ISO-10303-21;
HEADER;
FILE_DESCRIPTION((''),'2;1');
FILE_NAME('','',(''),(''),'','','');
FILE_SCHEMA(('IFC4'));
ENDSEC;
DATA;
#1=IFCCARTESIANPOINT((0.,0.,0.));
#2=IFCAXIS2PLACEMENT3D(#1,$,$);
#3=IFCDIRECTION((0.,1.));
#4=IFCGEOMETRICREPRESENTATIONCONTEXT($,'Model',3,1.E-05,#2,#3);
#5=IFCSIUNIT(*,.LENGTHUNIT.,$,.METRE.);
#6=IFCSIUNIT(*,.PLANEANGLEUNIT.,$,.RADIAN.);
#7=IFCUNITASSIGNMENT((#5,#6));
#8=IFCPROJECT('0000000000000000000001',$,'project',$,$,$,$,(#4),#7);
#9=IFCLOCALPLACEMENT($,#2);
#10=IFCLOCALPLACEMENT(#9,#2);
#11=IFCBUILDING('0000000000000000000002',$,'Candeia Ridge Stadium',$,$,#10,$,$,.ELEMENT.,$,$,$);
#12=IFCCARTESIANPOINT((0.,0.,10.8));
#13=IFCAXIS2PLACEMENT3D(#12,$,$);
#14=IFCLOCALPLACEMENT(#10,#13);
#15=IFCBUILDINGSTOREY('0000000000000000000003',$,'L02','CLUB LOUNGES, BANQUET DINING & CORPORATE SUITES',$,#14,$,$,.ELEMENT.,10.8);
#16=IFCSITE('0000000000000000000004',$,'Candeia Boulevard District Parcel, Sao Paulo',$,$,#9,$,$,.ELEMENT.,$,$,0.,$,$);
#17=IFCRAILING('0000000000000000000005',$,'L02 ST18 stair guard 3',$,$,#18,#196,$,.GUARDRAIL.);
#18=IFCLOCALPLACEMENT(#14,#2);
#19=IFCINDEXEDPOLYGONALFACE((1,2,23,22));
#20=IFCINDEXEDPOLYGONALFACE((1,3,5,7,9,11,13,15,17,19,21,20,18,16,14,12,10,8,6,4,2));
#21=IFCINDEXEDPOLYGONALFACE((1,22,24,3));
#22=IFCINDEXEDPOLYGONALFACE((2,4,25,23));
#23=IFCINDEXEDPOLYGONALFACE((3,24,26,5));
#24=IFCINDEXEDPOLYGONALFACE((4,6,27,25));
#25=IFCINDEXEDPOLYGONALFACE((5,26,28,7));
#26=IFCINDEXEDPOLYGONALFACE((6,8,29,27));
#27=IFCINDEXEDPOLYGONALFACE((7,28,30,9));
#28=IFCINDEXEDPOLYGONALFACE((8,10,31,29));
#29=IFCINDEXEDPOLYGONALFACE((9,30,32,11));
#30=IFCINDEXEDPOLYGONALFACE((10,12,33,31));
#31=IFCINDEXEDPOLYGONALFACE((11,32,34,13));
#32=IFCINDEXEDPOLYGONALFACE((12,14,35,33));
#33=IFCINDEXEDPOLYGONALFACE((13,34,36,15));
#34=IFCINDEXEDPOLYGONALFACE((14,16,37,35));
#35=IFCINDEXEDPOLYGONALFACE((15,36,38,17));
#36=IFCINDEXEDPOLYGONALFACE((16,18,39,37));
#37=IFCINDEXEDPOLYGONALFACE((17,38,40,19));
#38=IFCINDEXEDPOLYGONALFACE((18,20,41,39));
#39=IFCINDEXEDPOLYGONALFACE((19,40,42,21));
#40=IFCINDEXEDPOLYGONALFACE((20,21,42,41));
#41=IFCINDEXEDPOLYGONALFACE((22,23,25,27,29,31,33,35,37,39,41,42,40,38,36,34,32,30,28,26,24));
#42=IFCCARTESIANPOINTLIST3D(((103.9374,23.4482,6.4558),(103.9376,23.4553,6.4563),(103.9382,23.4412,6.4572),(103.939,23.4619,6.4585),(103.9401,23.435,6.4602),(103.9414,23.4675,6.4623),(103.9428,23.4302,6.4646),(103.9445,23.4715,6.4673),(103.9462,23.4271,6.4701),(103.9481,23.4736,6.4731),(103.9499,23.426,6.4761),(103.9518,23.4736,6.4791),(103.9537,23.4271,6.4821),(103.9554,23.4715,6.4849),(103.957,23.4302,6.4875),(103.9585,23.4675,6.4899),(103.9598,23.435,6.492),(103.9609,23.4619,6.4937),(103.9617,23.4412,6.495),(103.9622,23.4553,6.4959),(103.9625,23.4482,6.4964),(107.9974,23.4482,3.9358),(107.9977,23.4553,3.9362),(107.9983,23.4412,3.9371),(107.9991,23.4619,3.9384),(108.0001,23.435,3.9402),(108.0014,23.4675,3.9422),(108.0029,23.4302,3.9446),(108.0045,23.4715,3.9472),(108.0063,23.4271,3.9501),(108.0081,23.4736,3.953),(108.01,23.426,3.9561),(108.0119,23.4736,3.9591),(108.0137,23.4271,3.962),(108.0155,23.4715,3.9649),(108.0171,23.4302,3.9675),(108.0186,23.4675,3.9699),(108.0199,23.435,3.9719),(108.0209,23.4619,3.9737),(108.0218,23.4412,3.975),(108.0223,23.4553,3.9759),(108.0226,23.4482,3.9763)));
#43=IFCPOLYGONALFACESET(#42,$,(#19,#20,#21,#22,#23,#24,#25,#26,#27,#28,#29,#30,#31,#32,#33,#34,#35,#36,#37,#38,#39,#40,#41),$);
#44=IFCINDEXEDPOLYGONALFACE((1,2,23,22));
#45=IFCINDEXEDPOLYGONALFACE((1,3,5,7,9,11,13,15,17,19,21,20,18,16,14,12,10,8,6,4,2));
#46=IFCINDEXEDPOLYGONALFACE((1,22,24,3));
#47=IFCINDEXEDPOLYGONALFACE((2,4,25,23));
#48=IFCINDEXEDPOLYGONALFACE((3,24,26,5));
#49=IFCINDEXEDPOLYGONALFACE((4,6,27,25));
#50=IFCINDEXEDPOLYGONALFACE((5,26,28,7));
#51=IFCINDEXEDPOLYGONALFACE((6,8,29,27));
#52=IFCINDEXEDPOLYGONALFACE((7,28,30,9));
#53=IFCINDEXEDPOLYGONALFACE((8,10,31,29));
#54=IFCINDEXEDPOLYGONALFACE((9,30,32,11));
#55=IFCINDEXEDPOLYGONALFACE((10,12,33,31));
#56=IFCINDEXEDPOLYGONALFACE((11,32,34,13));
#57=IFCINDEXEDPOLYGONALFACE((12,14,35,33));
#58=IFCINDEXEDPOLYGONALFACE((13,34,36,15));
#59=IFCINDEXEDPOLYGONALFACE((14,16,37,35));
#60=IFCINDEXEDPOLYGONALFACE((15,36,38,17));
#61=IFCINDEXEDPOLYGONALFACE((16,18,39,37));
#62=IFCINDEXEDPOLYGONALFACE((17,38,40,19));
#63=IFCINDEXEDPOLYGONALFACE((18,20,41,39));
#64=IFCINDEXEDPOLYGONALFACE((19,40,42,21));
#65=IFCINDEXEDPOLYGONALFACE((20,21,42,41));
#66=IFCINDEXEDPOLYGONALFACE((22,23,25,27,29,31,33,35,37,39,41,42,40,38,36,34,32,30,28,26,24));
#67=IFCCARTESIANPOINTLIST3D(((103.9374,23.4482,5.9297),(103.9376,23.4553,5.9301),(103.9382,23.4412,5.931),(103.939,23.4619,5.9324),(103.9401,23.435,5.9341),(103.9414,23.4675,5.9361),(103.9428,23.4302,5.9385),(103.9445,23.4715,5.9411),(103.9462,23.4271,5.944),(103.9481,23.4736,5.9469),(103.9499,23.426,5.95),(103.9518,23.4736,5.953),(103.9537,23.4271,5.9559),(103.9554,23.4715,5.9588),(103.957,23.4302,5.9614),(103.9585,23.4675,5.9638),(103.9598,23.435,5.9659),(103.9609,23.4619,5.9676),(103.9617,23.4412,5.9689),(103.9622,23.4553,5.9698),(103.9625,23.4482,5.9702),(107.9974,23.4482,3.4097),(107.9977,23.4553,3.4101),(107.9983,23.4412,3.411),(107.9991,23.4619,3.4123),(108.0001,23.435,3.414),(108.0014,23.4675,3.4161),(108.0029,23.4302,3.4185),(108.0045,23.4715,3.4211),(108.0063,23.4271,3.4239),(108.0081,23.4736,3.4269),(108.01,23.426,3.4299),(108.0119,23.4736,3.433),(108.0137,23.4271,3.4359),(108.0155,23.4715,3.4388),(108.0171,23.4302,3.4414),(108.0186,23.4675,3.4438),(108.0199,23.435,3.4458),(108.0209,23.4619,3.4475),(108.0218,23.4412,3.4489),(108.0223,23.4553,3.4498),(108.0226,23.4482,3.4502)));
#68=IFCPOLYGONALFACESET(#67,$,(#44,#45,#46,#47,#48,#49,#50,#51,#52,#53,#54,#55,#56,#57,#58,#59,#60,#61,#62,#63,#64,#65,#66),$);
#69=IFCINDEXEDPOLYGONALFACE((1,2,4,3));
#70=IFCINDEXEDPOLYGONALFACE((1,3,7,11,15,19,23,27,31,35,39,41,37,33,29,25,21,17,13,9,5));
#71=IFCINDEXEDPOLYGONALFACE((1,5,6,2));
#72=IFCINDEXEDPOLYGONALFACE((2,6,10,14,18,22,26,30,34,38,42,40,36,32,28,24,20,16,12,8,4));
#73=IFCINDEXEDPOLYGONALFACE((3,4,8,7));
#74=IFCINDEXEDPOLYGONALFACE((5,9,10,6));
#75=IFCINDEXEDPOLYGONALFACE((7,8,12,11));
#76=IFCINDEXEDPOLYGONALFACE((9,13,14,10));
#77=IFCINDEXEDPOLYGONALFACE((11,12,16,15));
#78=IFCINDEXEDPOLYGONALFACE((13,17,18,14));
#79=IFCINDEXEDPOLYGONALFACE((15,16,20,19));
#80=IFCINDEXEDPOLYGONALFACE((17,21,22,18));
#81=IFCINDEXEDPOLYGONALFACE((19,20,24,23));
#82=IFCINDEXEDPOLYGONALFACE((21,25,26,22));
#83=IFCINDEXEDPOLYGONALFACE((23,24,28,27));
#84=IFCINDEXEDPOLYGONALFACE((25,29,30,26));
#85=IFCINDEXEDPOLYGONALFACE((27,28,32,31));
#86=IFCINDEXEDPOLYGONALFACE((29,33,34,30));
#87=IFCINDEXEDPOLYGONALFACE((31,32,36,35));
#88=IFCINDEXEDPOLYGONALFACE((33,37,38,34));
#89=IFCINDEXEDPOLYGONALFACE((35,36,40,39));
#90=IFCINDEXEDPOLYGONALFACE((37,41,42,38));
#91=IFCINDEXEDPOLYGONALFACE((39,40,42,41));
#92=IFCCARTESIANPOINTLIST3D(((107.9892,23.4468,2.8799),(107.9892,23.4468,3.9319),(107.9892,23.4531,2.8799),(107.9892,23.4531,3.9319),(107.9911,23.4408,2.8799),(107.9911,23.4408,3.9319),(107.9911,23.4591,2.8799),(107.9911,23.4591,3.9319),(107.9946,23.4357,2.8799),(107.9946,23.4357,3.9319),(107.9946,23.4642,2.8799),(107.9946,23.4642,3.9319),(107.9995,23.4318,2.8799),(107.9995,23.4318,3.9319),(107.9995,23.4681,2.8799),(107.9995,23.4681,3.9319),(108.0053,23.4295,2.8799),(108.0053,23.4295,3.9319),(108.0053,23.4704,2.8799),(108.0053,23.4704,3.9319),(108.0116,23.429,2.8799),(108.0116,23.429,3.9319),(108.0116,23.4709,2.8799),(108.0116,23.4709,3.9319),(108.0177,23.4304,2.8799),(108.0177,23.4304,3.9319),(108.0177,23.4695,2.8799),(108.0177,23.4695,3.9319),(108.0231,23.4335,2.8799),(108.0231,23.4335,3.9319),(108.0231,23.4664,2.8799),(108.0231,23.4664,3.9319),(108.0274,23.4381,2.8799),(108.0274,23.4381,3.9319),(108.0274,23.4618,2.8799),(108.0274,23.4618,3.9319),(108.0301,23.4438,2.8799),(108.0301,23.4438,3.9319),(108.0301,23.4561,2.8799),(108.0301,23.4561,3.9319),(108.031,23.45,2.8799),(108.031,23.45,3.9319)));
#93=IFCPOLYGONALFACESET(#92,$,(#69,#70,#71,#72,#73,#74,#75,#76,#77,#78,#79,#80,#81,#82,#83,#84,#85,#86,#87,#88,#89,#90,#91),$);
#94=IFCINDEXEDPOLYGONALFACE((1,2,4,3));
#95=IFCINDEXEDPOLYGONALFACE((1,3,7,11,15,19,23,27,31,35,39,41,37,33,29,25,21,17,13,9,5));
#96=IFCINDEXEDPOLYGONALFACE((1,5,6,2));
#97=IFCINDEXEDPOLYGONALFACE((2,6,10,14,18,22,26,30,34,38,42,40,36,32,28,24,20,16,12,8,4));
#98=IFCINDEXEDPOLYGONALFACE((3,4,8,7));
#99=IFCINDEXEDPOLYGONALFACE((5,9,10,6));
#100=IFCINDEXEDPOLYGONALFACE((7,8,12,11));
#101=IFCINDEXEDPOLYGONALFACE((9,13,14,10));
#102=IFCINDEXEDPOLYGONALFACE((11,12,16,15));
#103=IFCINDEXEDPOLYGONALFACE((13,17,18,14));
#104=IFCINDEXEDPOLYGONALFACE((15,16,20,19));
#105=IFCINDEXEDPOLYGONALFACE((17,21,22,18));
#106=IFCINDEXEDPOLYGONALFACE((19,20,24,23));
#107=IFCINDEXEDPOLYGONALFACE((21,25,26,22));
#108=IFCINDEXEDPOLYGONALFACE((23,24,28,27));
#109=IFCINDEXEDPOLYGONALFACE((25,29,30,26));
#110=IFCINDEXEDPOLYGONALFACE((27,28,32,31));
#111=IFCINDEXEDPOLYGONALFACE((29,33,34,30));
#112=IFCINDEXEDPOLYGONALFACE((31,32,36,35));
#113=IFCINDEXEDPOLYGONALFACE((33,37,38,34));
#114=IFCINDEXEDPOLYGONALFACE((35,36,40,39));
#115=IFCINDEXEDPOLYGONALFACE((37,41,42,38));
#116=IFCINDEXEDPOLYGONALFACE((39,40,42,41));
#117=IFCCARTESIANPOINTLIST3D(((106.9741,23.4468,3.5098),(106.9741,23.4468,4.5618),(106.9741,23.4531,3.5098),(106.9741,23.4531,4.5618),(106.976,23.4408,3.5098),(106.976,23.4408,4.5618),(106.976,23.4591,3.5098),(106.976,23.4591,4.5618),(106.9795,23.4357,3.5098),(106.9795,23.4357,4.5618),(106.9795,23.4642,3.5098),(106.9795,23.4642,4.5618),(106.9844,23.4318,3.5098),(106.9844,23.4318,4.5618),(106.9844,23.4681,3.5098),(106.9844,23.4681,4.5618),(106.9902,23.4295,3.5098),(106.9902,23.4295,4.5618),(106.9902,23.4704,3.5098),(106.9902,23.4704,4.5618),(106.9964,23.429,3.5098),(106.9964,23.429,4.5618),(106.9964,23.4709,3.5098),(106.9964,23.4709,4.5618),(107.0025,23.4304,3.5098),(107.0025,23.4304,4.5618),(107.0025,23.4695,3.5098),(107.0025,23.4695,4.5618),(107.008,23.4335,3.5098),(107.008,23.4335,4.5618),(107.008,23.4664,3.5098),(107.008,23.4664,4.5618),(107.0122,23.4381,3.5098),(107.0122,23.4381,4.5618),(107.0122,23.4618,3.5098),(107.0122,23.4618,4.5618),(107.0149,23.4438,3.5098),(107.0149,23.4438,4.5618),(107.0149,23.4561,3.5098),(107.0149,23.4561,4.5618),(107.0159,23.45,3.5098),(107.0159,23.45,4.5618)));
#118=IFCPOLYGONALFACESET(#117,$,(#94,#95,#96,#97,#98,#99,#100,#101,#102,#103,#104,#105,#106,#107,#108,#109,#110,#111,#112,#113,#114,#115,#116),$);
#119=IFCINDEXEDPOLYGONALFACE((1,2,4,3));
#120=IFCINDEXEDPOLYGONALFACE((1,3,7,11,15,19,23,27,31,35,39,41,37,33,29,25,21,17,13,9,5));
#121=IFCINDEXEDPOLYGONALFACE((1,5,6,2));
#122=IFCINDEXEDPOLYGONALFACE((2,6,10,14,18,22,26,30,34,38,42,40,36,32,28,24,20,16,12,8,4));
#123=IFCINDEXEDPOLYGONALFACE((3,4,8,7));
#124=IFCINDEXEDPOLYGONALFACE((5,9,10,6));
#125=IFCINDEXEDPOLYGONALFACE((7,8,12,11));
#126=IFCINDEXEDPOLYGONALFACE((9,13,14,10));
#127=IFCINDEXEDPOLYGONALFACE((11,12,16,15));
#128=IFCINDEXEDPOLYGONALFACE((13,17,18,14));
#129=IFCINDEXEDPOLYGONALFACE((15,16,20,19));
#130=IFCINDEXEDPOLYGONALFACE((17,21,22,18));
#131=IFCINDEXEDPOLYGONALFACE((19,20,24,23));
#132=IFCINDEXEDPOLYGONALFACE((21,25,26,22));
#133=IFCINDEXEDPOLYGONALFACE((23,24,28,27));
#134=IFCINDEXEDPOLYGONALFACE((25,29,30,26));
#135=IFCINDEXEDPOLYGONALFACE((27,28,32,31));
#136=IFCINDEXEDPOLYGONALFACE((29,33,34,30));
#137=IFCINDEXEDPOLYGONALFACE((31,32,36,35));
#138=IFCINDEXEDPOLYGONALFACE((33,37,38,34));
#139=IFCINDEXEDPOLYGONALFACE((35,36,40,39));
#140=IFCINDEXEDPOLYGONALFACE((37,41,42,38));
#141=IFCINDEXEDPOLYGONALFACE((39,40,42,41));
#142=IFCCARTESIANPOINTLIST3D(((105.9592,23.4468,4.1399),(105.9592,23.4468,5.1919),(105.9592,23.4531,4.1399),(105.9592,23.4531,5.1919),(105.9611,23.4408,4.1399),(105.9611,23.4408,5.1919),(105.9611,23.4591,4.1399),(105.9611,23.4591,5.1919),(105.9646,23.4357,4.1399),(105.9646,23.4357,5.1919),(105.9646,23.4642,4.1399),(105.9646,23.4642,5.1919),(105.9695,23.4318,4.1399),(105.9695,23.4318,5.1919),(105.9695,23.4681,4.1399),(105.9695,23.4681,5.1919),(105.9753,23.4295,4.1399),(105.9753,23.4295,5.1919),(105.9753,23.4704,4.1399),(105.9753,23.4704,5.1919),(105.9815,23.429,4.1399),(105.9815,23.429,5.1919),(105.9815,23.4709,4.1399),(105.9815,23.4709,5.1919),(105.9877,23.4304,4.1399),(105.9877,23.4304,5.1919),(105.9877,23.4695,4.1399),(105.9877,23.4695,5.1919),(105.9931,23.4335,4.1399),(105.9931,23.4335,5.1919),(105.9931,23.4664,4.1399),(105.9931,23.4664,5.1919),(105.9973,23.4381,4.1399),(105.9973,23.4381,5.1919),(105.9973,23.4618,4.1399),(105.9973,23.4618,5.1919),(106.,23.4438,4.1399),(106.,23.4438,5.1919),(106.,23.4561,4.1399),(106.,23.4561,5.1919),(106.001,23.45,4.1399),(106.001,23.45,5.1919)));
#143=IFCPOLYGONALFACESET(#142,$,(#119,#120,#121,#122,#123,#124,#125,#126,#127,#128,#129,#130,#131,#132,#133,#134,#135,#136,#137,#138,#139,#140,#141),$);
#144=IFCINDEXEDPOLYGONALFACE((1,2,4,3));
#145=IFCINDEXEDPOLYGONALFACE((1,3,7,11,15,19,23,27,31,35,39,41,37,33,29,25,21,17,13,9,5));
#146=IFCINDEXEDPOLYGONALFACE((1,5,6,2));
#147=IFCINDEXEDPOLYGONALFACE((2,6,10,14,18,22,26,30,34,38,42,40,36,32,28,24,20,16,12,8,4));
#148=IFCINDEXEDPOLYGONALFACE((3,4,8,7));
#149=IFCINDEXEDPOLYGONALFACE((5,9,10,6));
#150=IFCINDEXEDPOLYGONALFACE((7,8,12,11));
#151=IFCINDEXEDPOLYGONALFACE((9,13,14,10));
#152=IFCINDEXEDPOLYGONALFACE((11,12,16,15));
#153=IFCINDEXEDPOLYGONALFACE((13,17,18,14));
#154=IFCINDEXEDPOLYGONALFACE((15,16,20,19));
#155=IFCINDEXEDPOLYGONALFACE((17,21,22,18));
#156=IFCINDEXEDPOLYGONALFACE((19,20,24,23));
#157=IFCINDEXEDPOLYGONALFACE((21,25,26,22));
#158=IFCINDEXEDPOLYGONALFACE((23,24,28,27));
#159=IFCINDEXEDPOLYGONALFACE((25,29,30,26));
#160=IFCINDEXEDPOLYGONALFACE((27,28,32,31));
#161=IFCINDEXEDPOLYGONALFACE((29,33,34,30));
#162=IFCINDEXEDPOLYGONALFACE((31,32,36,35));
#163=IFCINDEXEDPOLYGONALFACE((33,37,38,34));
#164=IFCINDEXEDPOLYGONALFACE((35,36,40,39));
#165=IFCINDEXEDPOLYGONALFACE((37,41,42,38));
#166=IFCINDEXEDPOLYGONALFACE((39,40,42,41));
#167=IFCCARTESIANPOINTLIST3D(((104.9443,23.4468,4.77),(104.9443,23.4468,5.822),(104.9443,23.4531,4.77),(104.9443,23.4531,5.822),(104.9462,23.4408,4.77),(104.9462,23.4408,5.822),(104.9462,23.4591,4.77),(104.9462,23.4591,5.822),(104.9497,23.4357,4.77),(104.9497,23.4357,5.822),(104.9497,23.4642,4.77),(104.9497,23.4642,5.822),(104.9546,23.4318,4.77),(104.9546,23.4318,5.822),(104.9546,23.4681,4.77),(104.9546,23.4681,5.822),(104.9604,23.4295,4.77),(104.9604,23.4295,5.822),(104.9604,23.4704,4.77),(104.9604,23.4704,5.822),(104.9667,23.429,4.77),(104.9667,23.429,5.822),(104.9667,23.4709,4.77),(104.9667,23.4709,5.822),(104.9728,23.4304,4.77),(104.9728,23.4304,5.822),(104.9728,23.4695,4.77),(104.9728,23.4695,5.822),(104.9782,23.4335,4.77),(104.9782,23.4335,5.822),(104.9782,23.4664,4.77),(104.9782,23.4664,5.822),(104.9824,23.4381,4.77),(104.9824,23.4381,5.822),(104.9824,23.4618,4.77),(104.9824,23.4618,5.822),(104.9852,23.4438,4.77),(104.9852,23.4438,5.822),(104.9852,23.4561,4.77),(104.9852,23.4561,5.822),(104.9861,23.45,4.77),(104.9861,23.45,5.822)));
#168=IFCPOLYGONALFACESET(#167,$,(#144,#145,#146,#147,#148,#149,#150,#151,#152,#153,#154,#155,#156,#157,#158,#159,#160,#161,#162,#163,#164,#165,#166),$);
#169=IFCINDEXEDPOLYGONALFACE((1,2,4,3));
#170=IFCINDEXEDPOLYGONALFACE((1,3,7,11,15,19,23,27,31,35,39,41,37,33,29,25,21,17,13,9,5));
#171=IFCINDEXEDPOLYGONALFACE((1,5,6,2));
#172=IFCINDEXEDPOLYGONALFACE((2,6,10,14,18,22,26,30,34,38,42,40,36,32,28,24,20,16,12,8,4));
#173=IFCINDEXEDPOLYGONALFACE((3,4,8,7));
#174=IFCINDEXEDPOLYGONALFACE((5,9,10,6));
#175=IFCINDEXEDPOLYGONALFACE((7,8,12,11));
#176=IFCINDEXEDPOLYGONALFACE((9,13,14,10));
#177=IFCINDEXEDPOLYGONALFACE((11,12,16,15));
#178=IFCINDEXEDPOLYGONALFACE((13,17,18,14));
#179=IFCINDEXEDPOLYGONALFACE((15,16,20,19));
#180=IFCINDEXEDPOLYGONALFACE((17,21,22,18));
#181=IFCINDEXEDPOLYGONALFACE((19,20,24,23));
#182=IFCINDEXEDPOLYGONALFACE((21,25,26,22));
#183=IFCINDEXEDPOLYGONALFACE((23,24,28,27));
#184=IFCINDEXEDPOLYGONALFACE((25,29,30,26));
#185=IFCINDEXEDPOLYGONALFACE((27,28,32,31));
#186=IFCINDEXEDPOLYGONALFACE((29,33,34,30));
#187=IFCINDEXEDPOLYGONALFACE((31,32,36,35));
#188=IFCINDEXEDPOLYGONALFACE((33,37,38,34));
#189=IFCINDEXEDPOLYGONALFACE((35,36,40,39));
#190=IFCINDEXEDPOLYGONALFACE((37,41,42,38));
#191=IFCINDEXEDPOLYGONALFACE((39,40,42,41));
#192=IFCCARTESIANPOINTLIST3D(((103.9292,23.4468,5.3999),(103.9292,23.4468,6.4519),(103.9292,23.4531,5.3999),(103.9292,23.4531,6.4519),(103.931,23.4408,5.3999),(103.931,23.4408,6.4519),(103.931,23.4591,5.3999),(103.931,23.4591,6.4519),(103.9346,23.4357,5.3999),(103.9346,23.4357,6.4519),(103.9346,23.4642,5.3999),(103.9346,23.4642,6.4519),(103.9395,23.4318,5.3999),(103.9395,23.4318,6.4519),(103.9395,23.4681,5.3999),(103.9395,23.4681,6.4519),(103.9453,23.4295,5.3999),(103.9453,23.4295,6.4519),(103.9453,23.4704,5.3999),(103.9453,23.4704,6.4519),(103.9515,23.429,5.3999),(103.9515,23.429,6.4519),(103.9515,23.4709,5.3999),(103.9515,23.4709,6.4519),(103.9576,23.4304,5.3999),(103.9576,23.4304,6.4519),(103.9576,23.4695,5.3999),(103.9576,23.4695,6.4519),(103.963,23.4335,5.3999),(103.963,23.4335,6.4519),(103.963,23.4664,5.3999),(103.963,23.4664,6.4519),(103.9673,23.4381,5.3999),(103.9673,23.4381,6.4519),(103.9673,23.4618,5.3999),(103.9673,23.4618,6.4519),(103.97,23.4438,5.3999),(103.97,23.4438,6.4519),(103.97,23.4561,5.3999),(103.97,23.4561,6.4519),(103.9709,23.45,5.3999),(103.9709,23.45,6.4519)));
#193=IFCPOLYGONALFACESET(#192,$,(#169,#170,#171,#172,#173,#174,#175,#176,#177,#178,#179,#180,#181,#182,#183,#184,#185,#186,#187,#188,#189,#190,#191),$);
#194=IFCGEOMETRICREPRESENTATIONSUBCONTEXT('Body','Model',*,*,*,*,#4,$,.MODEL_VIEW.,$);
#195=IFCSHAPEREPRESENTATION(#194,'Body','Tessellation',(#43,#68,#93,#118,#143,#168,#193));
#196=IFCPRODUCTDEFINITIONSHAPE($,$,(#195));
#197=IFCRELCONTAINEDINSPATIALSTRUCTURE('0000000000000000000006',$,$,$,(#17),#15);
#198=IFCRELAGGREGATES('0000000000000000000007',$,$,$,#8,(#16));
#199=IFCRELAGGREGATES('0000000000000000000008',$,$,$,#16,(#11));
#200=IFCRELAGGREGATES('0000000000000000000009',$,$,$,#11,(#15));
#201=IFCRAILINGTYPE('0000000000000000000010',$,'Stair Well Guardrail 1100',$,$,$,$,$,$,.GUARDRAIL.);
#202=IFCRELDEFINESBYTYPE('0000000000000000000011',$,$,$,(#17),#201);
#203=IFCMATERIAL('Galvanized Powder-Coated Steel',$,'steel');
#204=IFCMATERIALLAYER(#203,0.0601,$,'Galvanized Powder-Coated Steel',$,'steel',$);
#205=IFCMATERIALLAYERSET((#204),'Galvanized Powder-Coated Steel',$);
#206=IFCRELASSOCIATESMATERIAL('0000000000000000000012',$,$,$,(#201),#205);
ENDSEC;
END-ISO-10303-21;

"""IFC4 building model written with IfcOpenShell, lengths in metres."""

from ifc_helpers import new_model, si_unit, direction, frame, origin, origin_2d, place, context, subcontext, project, spatial, circle, extrude, material, layer, layer_set, type_object, element, save


model = new_model("IFC4")

# Units and contexts
model_context = context("Model", 3, precision=1e-05, world=origin(), true_north=direction((0.0, 1.0)))
body_context = subcontext(model_context, "Body", "Model", "MODEL_VIEW")
ifc_project = project(units=[si_unit("LENGTHUNIT", "METRE"), si_unit("PLANEANGLEUNIT", "RADIAN")], contexts=[model_context])

# Site, building, storey
site_placement = place(None, origin())
site = spatial("IfcSite", under=ifc_project, at=site_placement, Name="Candeia Boulevard District Parcel, Sao Paulo", CompositionType="ELEMENT", RefElevation=0.0)
building_placement = place(site_placement, origin())
building = spatial("IfcBuilding", under=site, at=building_placement, Name="Candeia Ridge Stadium", CompositionType="ELEMENT")
storey_placement = place(building_placement, frame((0.0, 0.0, 10.8)))
storey = spatial("IfcBuildingStorey", under=building, at=storey_placement, Name="L02", Description="CLUB LOUNGES, BANQUET DINING & CORPORATE SUITES", CompositionType="ELEMENT", Elevation=10.8)

# Railing
ifc_material_1 = material(Name="Galvanized Powder-Coated Steel", Category="steel")
ifc_layer_1 = layer(ifc_material_1, 0.0601, Name="Galvanized Powder-Coated Steel", Category="steel")
ifc_layer_set_1 = layer_set([ifc_layer_1], Name="Galvanized Powder-Coated Steel")
railing_type_1 = type_object("IfcRailingType", Name="Stair Well Guardrail 1100", PredefinedType="GUARDRAIL", material=ifc_layer_set_1)
railing_1_placement = place(storey_placement, frame((108.01, 23.45, 2.8799)))
element("IfcRailing", 1, at=railing_1_placement, inside=storey, type_object=railing_type_1, Name="L02 ST18 stair guard 3", PredefinedType="GUARDRAIL", context=body_context, shape_type="SweptSolid", body=[
    extrude(circle(Radius=0.0239, at=origin_2d()), frame((0.0, 0.0, 1.0762), z_axis=(-0.849642, 0.0, 0.52736), x_axis=(0.0, -1.0, 0.0)), (0.0, 0.0, 1.0), 4.7786),
    extrude(circle(Radius=0.0239, at=origin_2d()), frame((0.0, 0.0, 0.55), z_axis=(-0.849642, 0.0, 0.52736), x_axis=(0.0, -1.0, 0.0)), (0.0, 0.0, 1.0), 4.7786),
    extrude(circle(Radius=0.021, at=origin_2d()), origin(), (0.0, 0.0, 1.0), 1.052),
    extrude(circle(Radius=0.021, at=origin_2d()), frame((-1.0151, 0.0, 0.6299)), (0.0, 0.0, 1.0), 1.052),
    extrude(circle(Radius=0.021, at=origin_2d()), frame((-2.03, 0.0, 1.26)), (0.0, 0.0, 1.0), 1.052),
    extrude(circle(Radius=0.021, at=origin_2d()), frame((-3.0449, 0.0, 1.8901)), (0.0, 0.0, 1.0), 1.052),
    extrude(circle(Radius=0.021, at=origin_2d()), frame((-4.0601, 0.0, 2.52)), (0.0, 0.0, 1.0), 1.052),
])

save(model, "model.ifc")
